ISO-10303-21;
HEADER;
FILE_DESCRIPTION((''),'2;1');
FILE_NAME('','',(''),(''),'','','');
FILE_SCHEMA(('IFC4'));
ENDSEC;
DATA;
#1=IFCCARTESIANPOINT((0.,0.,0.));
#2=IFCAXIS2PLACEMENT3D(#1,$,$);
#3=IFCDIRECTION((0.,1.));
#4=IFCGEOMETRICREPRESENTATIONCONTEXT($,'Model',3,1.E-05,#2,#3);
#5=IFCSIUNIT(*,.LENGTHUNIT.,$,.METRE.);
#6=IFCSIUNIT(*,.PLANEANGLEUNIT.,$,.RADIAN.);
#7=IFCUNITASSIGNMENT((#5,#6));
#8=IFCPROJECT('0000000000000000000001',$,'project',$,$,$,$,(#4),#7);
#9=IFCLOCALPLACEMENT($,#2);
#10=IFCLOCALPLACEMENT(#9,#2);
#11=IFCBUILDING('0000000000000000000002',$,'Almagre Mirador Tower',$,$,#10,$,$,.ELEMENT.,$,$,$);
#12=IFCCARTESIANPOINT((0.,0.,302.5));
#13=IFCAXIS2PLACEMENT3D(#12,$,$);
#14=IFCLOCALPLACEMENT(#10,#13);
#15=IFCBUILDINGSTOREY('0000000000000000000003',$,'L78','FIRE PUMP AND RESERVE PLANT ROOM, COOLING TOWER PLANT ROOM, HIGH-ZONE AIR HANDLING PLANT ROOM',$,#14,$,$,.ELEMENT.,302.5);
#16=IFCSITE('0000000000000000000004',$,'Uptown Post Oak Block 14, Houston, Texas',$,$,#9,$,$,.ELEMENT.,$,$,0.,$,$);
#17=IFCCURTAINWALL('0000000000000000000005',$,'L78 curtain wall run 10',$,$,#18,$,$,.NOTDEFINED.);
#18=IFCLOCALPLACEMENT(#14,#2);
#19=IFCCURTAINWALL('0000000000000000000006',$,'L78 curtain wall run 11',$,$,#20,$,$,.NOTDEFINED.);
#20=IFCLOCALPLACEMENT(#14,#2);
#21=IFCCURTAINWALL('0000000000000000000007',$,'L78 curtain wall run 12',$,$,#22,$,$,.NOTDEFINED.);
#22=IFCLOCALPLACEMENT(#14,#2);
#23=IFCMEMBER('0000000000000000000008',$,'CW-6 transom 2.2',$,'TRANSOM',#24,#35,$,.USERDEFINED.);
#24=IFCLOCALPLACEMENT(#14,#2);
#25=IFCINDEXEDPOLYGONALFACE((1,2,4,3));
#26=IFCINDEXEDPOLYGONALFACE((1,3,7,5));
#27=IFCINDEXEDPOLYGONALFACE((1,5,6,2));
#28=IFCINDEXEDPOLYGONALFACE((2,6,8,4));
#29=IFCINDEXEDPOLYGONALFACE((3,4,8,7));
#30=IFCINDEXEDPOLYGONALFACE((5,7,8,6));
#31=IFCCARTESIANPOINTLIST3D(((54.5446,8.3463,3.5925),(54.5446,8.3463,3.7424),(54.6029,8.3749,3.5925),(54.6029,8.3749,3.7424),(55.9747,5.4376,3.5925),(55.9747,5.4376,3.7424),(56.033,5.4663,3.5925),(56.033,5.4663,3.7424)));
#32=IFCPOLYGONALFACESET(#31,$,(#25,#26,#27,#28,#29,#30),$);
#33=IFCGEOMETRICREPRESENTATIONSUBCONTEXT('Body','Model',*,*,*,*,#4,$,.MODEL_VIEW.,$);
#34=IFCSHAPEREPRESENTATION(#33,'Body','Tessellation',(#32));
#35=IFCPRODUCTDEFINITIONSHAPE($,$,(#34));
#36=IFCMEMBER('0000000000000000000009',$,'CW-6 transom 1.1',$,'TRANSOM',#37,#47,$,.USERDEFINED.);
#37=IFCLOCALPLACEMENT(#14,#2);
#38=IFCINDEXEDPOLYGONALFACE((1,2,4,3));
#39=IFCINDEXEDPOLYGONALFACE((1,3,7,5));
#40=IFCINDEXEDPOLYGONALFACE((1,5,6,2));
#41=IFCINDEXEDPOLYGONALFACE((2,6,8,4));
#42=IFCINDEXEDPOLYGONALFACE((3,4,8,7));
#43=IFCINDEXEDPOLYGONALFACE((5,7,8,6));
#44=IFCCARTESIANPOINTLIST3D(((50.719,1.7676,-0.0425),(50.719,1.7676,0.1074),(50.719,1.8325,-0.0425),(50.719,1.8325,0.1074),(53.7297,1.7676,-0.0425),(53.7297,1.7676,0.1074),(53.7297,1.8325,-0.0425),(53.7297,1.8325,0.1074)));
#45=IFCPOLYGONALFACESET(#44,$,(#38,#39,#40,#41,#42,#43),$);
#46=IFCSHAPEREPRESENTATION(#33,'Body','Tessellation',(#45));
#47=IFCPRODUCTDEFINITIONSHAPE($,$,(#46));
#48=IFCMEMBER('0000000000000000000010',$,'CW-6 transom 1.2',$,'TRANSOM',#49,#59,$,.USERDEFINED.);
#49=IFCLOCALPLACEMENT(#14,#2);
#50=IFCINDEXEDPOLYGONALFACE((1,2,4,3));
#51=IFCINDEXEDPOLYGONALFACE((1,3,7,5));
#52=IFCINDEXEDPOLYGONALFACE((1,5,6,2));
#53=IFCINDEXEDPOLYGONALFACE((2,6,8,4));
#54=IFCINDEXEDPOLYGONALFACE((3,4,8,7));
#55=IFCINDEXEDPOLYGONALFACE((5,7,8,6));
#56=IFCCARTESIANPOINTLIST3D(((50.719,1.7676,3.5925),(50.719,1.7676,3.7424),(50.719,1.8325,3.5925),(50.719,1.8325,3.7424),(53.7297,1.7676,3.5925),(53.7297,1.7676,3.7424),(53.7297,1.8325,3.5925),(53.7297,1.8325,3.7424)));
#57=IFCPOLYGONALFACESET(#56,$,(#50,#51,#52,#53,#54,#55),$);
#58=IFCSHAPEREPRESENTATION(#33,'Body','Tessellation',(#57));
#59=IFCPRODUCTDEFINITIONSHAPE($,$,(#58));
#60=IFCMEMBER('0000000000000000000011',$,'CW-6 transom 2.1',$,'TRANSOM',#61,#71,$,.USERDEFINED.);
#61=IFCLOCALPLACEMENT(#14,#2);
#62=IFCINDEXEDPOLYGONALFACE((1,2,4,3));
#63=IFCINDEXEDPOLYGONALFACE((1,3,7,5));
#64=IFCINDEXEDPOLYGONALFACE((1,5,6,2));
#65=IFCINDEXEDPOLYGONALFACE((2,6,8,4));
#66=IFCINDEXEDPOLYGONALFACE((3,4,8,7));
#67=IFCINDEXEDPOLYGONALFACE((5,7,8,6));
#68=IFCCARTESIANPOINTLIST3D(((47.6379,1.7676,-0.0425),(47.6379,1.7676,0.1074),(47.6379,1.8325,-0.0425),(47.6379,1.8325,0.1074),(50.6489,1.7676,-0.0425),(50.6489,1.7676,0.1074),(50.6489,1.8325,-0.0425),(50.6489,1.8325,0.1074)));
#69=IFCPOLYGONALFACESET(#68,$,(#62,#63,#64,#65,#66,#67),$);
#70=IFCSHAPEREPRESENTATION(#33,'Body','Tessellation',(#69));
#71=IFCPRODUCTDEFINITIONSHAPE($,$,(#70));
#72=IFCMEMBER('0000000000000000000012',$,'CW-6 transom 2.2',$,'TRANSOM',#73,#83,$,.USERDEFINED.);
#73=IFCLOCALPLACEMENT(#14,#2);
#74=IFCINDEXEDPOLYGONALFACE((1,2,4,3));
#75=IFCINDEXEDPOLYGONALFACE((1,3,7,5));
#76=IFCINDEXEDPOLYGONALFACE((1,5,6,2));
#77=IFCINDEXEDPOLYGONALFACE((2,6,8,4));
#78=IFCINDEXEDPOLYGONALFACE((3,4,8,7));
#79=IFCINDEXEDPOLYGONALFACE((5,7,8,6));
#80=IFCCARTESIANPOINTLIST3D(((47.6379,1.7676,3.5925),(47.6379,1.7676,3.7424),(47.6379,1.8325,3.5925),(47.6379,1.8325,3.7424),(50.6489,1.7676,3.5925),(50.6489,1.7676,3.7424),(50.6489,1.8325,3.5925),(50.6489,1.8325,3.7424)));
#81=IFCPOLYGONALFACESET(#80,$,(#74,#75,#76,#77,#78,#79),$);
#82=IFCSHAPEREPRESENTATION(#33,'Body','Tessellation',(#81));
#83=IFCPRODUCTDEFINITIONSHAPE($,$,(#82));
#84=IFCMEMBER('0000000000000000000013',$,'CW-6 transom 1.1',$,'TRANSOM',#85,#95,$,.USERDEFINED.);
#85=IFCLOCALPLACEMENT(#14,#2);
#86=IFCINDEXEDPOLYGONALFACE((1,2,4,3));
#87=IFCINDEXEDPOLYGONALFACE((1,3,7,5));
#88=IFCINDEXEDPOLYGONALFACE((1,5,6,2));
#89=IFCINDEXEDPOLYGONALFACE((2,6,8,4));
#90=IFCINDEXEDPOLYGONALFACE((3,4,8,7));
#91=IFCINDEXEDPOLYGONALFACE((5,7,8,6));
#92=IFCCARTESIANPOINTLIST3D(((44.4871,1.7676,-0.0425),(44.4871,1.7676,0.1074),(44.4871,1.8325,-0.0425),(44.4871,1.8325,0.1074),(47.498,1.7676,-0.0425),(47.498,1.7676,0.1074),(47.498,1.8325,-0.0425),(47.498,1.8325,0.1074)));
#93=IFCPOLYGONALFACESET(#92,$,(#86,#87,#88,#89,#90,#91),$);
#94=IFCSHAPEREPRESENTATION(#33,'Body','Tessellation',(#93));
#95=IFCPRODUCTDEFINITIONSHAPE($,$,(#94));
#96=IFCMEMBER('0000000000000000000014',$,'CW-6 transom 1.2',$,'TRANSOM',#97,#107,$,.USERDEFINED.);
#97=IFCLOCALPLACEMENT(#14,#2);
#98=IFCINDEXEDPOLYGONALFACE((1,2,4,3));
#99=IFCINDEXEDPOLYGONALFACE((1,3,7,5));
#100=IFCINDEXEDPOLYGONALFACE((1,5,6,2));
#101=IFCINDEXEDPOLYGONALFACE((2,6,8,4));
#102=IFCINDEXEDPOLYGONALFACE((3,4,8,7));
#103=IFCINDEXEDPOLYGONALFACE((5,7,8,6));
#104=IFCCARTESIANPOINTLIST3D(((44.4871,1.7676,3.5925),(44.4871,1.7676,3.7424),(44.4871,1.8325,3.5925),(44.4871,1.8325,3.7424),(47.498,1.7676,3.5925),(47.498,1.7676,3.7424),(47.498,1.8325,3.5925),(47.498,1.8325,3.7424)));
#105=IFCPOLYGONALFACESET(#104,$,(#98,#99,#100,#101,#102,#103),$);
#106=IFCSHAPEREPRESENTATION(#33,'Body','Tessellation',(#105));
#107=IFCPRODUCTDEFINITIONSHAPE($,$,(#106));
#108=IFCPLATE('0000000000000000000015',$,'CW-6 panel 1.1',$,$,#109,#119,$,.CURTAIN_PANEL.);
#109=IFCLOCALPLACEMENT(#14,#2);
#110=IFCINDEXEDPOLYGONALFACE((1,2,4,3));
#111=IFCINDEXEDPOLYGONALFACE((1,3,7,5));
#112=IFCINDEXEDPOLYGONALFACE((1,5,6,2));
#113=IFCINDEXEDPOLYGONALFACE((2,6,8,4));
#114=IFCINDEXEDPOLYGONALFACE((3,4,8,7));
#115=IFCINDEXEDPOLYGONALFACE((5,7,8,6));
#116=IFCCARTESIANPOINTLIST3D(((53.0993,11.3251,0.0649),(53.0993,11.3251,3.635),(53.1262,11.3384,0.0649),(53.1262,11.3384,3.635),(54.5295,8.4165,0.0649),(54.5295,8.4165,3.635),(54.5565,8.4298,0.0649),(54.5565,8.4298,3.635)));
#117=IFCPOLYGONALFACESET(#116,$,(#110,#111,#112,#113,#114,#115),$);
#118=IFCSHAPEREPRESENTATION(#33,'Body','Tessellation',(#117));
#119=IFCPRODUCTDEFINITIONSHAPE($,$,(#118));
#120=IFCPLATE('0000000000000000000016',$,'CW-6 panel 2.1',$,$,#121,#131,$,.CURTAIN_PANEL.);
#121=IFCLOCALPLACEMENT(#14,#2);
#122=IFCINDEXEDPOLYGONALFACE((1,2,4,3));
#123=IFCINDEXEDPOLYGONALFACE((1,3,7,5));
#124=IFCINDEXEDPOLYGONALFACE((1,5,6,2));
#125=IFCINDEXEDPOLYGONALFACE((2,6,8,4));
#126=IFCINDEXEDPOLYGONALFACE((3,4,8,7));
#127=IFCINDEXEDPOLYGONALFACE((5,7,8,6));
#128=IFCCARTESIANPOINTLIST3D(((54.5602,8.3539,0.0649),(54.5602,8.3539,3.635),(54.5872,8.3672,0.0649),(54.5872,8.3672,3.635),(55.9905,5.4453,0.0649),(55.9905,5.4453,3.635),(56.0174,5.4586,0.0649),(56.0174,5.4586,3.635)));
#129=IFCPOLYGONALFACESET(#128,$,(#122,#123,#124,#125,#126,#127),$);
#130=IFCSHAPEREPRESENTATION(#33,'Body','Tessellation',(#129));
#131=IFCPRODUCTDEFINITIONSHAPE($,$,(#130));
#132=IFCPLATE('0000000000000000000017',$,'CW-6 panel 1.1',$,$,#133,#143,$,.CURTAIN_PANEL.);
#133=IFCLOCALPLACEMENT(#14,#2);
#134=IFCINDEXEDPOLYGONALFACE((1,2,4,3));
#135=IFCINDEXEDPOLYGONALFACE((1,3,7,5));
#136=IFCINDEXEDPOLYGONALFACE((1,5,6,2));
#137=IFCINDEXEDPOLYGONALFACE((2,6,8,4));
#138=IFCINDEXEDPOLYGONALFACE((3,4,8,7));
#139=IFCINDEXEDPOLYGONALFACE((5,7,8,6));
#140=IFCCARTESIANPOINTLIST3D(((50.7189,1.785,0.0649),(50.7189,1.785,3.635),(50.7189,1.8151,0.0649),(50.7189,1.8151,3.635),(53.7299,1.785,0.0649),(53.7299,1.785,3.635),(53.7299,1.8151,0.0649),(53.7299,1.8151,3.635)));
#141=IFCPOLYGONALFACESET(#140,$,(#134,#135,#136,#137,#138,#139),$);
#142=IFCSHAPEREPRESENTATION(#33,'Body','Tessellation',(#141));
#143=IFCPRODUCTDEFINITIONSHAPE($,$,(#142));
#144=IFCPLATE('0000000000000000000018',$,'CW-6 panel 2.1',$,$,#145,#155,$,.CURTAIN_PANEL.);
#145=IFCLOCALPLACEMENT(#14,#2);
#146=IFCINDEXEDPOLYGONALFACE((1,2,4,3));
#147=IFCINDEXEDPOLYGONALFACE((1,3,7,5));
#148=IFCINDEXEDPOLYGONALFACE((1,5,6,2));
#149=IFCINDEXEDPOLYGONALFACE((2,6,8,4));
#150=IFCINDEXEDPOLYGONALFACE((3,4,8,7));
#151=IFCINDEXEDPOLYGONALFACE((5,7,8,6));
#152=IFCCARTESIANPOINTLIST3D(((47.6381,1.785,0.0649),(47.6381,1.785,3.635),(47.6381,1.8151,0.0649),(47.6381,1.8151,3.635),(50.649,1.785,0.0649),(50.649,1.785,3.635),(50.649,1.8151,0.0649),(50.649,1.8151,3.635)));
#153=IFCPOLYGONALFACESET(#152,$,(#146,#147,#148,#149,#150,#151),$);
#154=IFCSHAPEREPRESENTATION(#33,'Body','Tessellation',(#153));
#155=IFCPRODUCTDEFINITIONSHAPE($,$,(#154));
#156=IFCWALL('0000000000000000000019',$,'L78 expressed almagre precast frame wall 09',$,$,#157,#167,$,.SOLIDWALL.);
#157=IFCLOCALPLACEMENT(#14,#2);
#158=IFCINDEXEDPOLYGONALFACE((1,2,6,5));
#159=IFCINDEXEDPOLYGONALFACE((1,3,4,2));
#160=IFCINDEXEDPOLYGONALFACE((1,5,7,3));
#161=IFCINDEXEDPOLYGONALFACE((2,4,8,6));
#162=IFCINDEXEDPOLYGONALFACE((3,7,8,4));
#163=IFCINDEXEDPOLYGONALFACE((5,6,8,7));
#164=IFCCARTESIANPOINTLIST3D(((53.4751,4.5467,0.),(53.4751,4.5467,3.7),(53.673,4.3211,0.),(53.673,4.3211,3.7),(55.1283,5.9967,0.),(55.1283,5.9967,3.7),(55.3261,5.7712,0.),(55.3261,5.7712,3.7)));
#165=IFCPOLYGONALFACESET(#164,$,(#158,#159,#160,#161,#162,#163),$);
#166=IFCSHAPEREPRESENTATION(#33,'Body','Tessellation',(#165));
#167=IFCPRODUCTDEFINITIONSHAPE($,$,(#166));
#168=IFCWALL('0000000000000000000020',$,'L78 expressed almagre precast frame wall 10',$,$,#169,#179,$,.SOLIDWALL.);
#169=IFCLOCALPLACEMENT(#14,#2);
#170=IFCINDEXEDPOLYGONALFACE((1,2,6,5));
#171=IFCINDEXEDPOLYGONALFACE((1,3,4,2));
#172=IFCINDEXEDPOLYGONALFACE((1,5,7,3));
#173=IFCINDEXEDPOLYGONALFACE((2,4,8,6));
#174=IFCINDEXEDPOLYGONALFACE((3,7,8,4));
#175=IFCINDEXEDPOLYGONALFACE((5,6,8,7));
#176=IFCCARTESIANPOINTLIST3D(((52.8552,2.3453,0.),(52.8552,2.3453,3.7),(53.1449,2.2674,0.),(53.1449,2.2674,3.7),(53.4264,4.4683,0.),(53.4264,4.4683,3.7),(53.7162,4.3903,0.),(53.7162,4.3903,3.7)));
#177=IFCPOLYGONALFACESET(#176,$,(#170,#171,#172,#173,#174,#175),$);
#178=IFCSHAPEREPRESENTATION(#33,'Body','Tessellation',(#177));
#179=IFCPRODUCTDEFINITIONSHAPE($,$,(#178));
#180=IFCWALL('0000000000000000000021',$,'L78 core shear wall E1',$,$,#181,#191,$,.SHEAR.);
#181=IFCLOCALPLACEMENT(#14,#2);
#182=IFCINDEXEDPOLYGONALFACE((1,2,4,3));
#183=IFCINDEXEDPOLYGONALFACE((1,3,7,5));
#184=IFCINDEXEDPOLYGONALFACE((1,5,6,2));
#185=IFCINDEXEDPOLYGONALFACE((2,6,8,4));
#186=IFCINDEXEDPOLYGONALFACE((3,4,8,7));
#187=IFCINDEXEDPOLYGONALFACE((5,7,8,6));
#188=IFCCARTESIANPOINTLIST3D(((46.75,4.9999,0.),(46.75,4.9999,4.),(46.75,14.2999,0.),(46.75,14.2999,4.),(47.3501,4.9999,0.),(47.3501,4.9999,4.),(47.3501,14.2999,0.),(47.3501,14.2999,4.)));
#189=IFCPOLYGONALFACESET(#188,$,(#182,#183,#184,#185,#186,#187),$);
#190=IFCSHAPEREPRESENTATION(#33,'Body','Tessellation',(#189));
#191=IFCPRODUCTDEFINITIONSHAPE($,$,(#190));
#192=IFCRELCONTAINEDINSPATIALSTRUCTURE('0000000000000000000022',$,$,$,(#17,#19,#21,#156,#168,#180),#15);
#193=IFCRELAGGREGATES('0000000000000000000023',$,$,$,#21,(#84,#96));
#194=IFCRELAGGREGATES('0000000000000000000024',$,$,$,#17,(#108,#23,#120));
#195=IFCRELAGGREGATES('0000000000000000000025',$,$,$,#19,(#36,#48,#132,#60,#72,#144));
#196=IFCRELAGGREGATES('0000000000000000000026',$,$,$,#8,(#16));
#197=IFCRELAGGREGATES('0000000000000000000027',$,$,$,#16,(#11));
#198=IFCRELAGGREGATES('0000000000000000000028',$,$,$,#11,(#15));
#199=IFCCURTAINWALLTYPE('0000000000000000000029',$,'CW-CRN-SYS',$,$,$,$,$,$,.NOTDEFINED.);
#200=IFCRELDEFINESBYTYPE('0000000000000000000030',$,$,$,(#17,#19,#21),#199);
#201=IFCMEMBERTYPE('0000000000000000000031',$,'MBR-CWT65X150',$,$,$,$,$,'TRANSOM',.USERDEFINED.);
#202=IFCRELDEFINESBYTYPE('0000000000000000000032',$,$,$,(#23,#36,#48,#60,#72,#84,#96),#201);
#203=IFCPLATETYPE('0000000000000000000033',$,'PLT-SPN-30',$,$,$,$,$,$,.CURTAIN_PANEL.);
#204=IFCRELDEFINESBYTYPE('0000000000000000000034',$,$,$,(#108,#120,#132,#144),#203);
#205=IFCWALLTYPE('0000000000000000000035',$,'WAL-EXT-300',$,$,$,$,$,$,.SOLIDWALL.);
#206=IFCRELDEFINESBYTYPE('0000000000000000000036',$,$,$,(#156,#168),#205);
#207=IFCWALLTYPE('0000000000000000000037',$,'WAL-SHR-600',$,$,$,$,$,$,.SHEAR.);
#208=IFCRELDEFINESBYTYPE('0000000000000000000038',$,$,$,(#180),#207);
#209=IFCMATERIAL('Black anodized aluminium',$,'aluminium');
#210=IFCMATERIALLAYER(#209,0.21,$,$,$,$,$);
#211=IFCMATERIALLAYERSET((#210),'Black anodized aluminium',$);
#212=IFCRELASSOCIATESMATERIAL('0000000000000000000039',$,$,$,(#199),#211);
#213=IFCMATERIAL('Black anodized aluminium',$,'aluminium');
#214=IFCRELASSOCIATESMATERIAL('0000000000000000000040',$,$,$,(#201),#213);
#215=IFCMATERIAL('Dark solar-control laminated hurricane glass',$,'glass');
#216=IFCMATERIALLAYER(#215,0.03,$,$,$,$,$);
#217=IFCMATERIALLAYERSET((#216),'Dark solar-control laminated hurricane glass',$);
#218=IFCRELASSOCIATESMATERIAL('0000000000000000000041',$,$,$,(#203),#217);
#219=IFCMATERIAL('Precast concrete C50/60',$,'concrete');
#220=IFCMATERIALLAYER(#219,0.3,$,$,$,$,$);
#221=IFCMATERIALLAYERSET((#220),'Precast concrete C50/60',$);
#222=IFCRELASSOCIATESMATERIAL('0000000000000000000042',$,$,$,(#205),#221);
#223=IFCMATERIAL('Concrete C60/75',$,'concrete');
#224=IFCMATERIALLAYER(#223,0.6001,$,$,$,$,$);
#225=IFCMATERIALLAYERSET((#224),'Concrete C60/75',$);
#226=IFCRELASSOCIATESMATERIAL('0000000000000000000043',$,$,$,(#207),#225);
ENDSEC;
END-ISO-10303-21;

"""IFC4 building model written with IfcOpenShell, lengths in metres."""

from ifc_helpers import new_model, si_unit, direction, frame, frame_2d, origin, origin_2d, place, context, subcontext, project, spatial, rectangle, extrude, material, layer, layer_set, material_profile, profile_set, type_object, element, aggregate, save


model = new_model("IFC4")

# Units and contexts
model_context = context("Model", 3, precision=1e-05, world=origin(), true_north=direction((0.0, 1.0)))
body_context = subcontext(model_context, "Body", "Model", "MODEL_VIEW")
ifc_project = project(units=[si_unit("LENGTHUNIT", "METRE"), si_unit("PLANEANGLEUNIT", "RADIAN")], contexts=[model_context])

# Site, building, storey
site_placement = place(None, origin())
site = spatial("IfcSite", under=ifc_project, at=site_placement, Name="Uptown Post Oak Block 14, Houston, Texas", CompositionType="ELEMENT", RefElevation=0.0)
building_placement = place(site_placement, origin())
building = spatial("IfcBuilding", under=site, at=building_placement, Name="Almagre Mirador Tower", CompositionType="ELEMENT")
storey_placement = place(building_placement, frame((0.0, 0.0, 302.5)))
storey = spatial("IfcBuildingStorey", under=building, at=storey_placement, Name="L78", Description="FIRE PUMP AND RESERVE PLANT ROOM, COOLING TOWER PLANT ROOM, HIGH-ZONE AIR HANDLING PLANT ROOM", CompositionType="ELEMENT", Elevation=302.5)

# Curtain walls
ifc_material_1 = material(Name="Black anodized aluminium", Category="aluminium")
ifc_layer_1 = layer(ifc_material_1, 0.21)
ifc_layer_set_1 = layer_set([ifc_layer_1], Name="Black anodized aluminium")
curtain_wall_type = type_object("IfcCurtainWallType", Name="CW-CRN-SYS", PredefinedType="NOTDEFINED", material=ifc_layer_set_1)
curtain_wall_1_placement = place(storey_placement, origin())
curtain_wall_1 = element("IfcCurtainWall", 1, at=curtain_wall_1_placement, inside=storey, type_object=curtain_wall_type, Name="L78 curtain wall run 10", PredefinedType="NOTDEFINED")
curtain_wall_2_placement = place(storey_placement, origin())
curtain_wall_2 = element("IfcCurtainWall", 2, at=curtain_wall_2_placement, inside=storey, type_object=curtain_wall_type, Name="L78 curtain wall run 11", PredefinedType="NOTDEFINED")

# Curtain wall
curtain_wall_3_placement = place(storey_placement, origin())
curtain_wall_3 = element("IfcCurtainWall", 3, at=curtain_wall_3_placement, inside=storey, type_object=curtain_wall_type, Name="L78 curtain wall run 12", PredefinedType="NOTDEFINED")

# Members
ifc_material_2 = material(Name="Black anodized aluminium", Category="aluminium")
ifc_material_profile_1 = material_profile(ifc_material_2, rectangle(XDim=0.0649, YDim=0.1499, at=origin_2d()), Name="CWT65X150")
ifc_profile_set_1 = profile_set([ifc_material_profile_1], Name="Black anodized aluminium")
member_type_1 = type_object("IfcMemberType", Name="MBR-CWT65X150", ElementType="TRANSOM", PredefinedType="USERDEFINED", material=ifc_profile_set_1)
member_1_placement = place(storey_placement, frame((54.5737, 8.3606, 3.6675), z_axis=(0.441238, -0.89739, 0.0), x_axis=(0.89739, 0.441238, 0.0)))
member_1 = element("IfcMember", 4, at=member_1_placement, type_object=member_type_1, Name="CW-6 transom 2.2", ObjectType="TRANSOM", PredefinedType="USERDEFINED", context=body_context, shape_type="SweptSolid", body=[
    extrude(rectangle(XDim=0.0649, YDim=0.1499, at=origin_2d()), origin(), (0.0, 0.0, 1.0), 3.2412),
])
member_2_placement = place(storey_placement, frame((53.7297, 1.8, 0.0325), z_axis=(-1.0, 0.0, 0.0), x_axis=(0.0, -1.0, 0.0)))
member_2 = element("IfcMember", 5, at=member_2_placement, type_object=member_type_1, Name="CW-6 transom 1.1", ObjectType="TRANSOM", PredefinedType="USERDEFINED", context=body_context, shape_type="SweptSolid", body=[
    extrude(rectangle(XDim=0.0649, YDim=0.1499, at=origin_2d()), origin(), (0.0, 0.0, 1.0), 3.0107),
])
member_3_placement = place(storey_placement, frame((53.7297, 1.8, 3.6675), z_axis=(-1.0, 0.0, 0.0), x_axis=(0.0, -1.0, 0.0)))
member_3 = element("IfcMember", 6, at=member_3_placement, type_object=member_type_1, Name="CW-6 transom 1.2", ObjectType="TRANSOM", PredefinedType="USERDEFINED", context=body_context, shape_type="SweptSolid", body=[
    extrude(rectangle(XDim=0.0649, YDim=0.1499, at=origin_2d()), origin(), (0.0, 0.0, 1.0), 3.0107),
])
member_4_placement = place(storey_placement, frame((50.6489, 1.8, 0.0325), z_axis=(-1.0, 0.0, 0.0), x_axis=(0.0, -1.0, 0.0)))
member_4 = element("IfcMember", 7, at=member_4_placement, type_object=member_type_1, Name="CW-6 transom 2.1", ObjectType="TRANSOM", PredefinedType="USERDEFINED", context=body_context, shape_type="SweptSolid", body=[
    extrude(rectangle(XDim=0.0649, YDim=0.1499, at=origin_2d()), origin(), (0.0, 0.0, 1.0), 3.011),
])
member_5_placement = place(storey_placement, frame((50.6489, 1.8, 3.6675), z_axis=(-1.0, 0.0, 0.0), x_axis=(0.0, -1.0, 0.0)))
member_5 = element("IfcMember", 8, at=member_5_placement, type_object=member_type_1, Name="CW-6 transom 2.2", ObjectType="TRANSOM", PredefinedType="USERDEFINED", context=body_context, shape_type="SweptSolid", body=[
    extrude(rectangle(XDim=0.0649, YDim=0.1499, at=origin_2d()), origin(), (0.0, 0.0, 1.0), 3.011),
])
member_6_placement = place(storey_placement, frame((47.498, 1.8, 0.0325), z_axis=(-1.0, 0.0, 0.0), x_axis=(0.0, -1.0, 0.0)))
member_6 = element("IfcMember", 9, at=member_6_placement, type_object=member_type_1, Name="CW-6 transom 1.1", ObjectType="TRANSOM", PredefinedType="USERDEFINED", context=body_context, shape_type="SweptSolid", body=[
    extrude(rectangle(XDim=0.0649, YDim=0.1499, at=origin_2d()), origin(), (0.0, 0.0, 1.0), 3.011),
])
member_7_placement = place(storey_placement, frame((47.498, 1.8, 3.6675), z_axis=(-1.0, 0.0, 0.0), x_axis=(0.0, -1.0, 0.0)))
member_7 = element("IfcMember", 10, at=member_7_placement, type_object=member_type_1, Name="CW-6 transom 1.2", ObjectType="TRANSOM", PredefinedType="USERDEFINED", context=body_context, shape_type="SweptSolid", body=[
    extrude(rectangle(XDim=0.0649, YDim=0.1499, at=origin_2d()), origin(), (0.0, 0.0, 1.0), 3.011),
])
aggregate(curtain_wall_3, [member_6, member_7])

# Plates
ifc_material_3 = material(Name="Dark solar-control laminated hurricane glass", Category="glass")
ifc_layer_2 = layer(ifc_material_3, 0.03)
ifc_layer_set_2 = layer_set([ifc_layer_2], Name="Dark solar-control laminated hurricane glass")
plate_type = type_object("IfcPlateType", Name="PLT-SPN-30", PredefinedType="CURTAIN_PANEL", material=ifc_layer_set_2)
plate_1_placement = place(storey_placement, frame((53.8279, 9.8774, 0.0649), z_axis=(0.0, 0.0, 1.0), x_axis=(0.441274, -0.897372, 0.0)))
plate_1 = element("IfcPlate", 11, at=plate_1_placement, type_object=plate_type, Name="CW-6 panel 1.1", PredefinedType="CURTAIN_PANEL", context=body_context, shape_type="SweptSolid", body=[
    extrude(rectangle(XDim=3.2412, YDim=0.03, at=origin_2d()), origin(), (0.0, 0.0, 1.0), 3.5701),
])
plate_2_placement = place(storey_placement, frame((55.2888, 6.9062, 0.0649), z_axis=(0.0, 0.0, 1.0), x_axis=(0.441274, -0.897372, 0.0)))
plate_2 = element("IfcPlate", 12, at=plate_2_placement, type_object=plate_type, Name="CW-6 panel 2.1", PredefinedType="CURTAIN_PANEL", context=body_context, shape_type="SweptSolid", body=[
    extrude(rectangle(XDim=3.2412, YDim=0.03, at=origin_2d()), origin(), (0.0, 0.0, 1.0), 3.5701),
])
aggregate(curtain_wall_1, [plate_1, member_1, plate_2])
plate_3_placement = place(storey_placement, frame((52.2244, 1.8, 0.0649), z_axis=(0.0, 0.0, 1.0), x_axis=(-1.0, 0.0, 0.0)))
plate_3 = element("IfcPlate", 13, at=plate_3_placement, type_object=plate_type, Name="CW-6 panel 1.1", PredefinedType="CURTAIN_PANEL", context=body_context, shape_type="SweptSolid", body=[
    extrude(rectangle(XDim=3.011, YDim=0.03, at=origin_2d()), origin(), (0.0, 0.0, 1.0), 3.5701),
])
plate_4_placement = place(storey_placement, frame((49.1436, 1.8, 0.0649), z_axis=(0.0, 0.0, 1.0), x_axis=(-1.0, 0.0, 0.0)))
plate_4 = element("IfcPlate", 14, at=plate_4_placement, type_object=plate_type, Name="CW-6 panel 2.1", PredefinedType="CURTAIN_PANEL", context=body_context, shape_type="SweptSolid", body=[
    extrude(rectangle(XDim=3.011, YDim=0.03, at=origin_2d()), origin(), (0.0, 0.0, 1.0), 3.5701),
])
aggregate(curtain_wall_2, [member_2, member_3, plate_3, member_4, member_5, plate_4])

# Walls
ifc_material_4 = material(Name="Precast concrete C50/60", Category="concrete")
ifc_layer_3 = layer(ifc_material_4, 0.3)
ifc_layer_set_3 = layer_set([ifc_layer_3], Name="Precast concrete C50/60")
wall_type_1 = type_object("IfcWallType", Name="WAL-EXT-300", PredefinedType="SOLIDWALL", material=ifc_layer_set_3)
wall_1_placement = place(storey_placement, frame((55.2273, 5.884, 0.0), z_axis=(0.0, 0.0, 1.0), x_axis=(-0.751785, -0.659408, 0.0)))
element("IfcWall", 15, at=wall_1_placement, inside=storey, type_object=wall_type_1, Name="L78 expressed almagre precast frame wall 09", PredefinedType="SOLIDWALL", context=body_context, shape_type="SweptSolid", body=[
    extrude(rectangle(XDim=2.199, YDim=0.3, at=frame_2d((1.0996, 0.0))), origin(), (0.0, 0.0, 1.0), 3.7),
])
wall_2_placement = place(storey_placement, frame((53.5713, 4.4292, 0.0), z_axis=(0.0, 0.0, 1.0), x_axis=(-0.259846, -0.96565, 0.0)))
element("IfcWall", 16, at=wall_2_placement, inside=storey, type_object=wall_type_1, Name="L78 expressed almagre precast frame wall 10", PredefinedType="SOLIDWALL", context=body_context, shape_type="SweptSolid", body=[
    extrude(rectangle(XDim=2.1985, YDim=0.3, at=frame_2d((1.0991, 0.0))), origin(), (0.0, 0.0, 1.0), 3.7),
])
ifc_material_5 = material(Name="Concrete C60/75", Category="concrete")
ifc_layer_4 = layer(ifc_material_5, 0.6001)
ifc_layer_set_4 = layer_set([ifc_layer_4], Name="Concrete C60/75")
wall_type_2 = type_object("IfcWallType", Name="WAL-SHR-600", PredefinedType="SHEAR", material=ifc_layer_set_4)
wall_3_placement = place(storey_placement, frame((47.05, 5.0, 0.0), z_axis=(0.0, 0.0, 1.0), x_axis=(0.0, 1.0, 0.0)))
element("IfcWall", 17, at=wall_3_placement, inside=storey, type_object=wall_type_2, Name="L78 core shear wall E1", PredefinedType="SHEAR", context=body_context, shape_type="SweptSolid", body=[
    extrude(rectangle(XDim=9.3, YDim=0.6001, at=frame_2d((4.6499, 0.0))), origin(), (0.0, 0.0, 1.0), 4.0),
])

save(model, "model.ifc")
